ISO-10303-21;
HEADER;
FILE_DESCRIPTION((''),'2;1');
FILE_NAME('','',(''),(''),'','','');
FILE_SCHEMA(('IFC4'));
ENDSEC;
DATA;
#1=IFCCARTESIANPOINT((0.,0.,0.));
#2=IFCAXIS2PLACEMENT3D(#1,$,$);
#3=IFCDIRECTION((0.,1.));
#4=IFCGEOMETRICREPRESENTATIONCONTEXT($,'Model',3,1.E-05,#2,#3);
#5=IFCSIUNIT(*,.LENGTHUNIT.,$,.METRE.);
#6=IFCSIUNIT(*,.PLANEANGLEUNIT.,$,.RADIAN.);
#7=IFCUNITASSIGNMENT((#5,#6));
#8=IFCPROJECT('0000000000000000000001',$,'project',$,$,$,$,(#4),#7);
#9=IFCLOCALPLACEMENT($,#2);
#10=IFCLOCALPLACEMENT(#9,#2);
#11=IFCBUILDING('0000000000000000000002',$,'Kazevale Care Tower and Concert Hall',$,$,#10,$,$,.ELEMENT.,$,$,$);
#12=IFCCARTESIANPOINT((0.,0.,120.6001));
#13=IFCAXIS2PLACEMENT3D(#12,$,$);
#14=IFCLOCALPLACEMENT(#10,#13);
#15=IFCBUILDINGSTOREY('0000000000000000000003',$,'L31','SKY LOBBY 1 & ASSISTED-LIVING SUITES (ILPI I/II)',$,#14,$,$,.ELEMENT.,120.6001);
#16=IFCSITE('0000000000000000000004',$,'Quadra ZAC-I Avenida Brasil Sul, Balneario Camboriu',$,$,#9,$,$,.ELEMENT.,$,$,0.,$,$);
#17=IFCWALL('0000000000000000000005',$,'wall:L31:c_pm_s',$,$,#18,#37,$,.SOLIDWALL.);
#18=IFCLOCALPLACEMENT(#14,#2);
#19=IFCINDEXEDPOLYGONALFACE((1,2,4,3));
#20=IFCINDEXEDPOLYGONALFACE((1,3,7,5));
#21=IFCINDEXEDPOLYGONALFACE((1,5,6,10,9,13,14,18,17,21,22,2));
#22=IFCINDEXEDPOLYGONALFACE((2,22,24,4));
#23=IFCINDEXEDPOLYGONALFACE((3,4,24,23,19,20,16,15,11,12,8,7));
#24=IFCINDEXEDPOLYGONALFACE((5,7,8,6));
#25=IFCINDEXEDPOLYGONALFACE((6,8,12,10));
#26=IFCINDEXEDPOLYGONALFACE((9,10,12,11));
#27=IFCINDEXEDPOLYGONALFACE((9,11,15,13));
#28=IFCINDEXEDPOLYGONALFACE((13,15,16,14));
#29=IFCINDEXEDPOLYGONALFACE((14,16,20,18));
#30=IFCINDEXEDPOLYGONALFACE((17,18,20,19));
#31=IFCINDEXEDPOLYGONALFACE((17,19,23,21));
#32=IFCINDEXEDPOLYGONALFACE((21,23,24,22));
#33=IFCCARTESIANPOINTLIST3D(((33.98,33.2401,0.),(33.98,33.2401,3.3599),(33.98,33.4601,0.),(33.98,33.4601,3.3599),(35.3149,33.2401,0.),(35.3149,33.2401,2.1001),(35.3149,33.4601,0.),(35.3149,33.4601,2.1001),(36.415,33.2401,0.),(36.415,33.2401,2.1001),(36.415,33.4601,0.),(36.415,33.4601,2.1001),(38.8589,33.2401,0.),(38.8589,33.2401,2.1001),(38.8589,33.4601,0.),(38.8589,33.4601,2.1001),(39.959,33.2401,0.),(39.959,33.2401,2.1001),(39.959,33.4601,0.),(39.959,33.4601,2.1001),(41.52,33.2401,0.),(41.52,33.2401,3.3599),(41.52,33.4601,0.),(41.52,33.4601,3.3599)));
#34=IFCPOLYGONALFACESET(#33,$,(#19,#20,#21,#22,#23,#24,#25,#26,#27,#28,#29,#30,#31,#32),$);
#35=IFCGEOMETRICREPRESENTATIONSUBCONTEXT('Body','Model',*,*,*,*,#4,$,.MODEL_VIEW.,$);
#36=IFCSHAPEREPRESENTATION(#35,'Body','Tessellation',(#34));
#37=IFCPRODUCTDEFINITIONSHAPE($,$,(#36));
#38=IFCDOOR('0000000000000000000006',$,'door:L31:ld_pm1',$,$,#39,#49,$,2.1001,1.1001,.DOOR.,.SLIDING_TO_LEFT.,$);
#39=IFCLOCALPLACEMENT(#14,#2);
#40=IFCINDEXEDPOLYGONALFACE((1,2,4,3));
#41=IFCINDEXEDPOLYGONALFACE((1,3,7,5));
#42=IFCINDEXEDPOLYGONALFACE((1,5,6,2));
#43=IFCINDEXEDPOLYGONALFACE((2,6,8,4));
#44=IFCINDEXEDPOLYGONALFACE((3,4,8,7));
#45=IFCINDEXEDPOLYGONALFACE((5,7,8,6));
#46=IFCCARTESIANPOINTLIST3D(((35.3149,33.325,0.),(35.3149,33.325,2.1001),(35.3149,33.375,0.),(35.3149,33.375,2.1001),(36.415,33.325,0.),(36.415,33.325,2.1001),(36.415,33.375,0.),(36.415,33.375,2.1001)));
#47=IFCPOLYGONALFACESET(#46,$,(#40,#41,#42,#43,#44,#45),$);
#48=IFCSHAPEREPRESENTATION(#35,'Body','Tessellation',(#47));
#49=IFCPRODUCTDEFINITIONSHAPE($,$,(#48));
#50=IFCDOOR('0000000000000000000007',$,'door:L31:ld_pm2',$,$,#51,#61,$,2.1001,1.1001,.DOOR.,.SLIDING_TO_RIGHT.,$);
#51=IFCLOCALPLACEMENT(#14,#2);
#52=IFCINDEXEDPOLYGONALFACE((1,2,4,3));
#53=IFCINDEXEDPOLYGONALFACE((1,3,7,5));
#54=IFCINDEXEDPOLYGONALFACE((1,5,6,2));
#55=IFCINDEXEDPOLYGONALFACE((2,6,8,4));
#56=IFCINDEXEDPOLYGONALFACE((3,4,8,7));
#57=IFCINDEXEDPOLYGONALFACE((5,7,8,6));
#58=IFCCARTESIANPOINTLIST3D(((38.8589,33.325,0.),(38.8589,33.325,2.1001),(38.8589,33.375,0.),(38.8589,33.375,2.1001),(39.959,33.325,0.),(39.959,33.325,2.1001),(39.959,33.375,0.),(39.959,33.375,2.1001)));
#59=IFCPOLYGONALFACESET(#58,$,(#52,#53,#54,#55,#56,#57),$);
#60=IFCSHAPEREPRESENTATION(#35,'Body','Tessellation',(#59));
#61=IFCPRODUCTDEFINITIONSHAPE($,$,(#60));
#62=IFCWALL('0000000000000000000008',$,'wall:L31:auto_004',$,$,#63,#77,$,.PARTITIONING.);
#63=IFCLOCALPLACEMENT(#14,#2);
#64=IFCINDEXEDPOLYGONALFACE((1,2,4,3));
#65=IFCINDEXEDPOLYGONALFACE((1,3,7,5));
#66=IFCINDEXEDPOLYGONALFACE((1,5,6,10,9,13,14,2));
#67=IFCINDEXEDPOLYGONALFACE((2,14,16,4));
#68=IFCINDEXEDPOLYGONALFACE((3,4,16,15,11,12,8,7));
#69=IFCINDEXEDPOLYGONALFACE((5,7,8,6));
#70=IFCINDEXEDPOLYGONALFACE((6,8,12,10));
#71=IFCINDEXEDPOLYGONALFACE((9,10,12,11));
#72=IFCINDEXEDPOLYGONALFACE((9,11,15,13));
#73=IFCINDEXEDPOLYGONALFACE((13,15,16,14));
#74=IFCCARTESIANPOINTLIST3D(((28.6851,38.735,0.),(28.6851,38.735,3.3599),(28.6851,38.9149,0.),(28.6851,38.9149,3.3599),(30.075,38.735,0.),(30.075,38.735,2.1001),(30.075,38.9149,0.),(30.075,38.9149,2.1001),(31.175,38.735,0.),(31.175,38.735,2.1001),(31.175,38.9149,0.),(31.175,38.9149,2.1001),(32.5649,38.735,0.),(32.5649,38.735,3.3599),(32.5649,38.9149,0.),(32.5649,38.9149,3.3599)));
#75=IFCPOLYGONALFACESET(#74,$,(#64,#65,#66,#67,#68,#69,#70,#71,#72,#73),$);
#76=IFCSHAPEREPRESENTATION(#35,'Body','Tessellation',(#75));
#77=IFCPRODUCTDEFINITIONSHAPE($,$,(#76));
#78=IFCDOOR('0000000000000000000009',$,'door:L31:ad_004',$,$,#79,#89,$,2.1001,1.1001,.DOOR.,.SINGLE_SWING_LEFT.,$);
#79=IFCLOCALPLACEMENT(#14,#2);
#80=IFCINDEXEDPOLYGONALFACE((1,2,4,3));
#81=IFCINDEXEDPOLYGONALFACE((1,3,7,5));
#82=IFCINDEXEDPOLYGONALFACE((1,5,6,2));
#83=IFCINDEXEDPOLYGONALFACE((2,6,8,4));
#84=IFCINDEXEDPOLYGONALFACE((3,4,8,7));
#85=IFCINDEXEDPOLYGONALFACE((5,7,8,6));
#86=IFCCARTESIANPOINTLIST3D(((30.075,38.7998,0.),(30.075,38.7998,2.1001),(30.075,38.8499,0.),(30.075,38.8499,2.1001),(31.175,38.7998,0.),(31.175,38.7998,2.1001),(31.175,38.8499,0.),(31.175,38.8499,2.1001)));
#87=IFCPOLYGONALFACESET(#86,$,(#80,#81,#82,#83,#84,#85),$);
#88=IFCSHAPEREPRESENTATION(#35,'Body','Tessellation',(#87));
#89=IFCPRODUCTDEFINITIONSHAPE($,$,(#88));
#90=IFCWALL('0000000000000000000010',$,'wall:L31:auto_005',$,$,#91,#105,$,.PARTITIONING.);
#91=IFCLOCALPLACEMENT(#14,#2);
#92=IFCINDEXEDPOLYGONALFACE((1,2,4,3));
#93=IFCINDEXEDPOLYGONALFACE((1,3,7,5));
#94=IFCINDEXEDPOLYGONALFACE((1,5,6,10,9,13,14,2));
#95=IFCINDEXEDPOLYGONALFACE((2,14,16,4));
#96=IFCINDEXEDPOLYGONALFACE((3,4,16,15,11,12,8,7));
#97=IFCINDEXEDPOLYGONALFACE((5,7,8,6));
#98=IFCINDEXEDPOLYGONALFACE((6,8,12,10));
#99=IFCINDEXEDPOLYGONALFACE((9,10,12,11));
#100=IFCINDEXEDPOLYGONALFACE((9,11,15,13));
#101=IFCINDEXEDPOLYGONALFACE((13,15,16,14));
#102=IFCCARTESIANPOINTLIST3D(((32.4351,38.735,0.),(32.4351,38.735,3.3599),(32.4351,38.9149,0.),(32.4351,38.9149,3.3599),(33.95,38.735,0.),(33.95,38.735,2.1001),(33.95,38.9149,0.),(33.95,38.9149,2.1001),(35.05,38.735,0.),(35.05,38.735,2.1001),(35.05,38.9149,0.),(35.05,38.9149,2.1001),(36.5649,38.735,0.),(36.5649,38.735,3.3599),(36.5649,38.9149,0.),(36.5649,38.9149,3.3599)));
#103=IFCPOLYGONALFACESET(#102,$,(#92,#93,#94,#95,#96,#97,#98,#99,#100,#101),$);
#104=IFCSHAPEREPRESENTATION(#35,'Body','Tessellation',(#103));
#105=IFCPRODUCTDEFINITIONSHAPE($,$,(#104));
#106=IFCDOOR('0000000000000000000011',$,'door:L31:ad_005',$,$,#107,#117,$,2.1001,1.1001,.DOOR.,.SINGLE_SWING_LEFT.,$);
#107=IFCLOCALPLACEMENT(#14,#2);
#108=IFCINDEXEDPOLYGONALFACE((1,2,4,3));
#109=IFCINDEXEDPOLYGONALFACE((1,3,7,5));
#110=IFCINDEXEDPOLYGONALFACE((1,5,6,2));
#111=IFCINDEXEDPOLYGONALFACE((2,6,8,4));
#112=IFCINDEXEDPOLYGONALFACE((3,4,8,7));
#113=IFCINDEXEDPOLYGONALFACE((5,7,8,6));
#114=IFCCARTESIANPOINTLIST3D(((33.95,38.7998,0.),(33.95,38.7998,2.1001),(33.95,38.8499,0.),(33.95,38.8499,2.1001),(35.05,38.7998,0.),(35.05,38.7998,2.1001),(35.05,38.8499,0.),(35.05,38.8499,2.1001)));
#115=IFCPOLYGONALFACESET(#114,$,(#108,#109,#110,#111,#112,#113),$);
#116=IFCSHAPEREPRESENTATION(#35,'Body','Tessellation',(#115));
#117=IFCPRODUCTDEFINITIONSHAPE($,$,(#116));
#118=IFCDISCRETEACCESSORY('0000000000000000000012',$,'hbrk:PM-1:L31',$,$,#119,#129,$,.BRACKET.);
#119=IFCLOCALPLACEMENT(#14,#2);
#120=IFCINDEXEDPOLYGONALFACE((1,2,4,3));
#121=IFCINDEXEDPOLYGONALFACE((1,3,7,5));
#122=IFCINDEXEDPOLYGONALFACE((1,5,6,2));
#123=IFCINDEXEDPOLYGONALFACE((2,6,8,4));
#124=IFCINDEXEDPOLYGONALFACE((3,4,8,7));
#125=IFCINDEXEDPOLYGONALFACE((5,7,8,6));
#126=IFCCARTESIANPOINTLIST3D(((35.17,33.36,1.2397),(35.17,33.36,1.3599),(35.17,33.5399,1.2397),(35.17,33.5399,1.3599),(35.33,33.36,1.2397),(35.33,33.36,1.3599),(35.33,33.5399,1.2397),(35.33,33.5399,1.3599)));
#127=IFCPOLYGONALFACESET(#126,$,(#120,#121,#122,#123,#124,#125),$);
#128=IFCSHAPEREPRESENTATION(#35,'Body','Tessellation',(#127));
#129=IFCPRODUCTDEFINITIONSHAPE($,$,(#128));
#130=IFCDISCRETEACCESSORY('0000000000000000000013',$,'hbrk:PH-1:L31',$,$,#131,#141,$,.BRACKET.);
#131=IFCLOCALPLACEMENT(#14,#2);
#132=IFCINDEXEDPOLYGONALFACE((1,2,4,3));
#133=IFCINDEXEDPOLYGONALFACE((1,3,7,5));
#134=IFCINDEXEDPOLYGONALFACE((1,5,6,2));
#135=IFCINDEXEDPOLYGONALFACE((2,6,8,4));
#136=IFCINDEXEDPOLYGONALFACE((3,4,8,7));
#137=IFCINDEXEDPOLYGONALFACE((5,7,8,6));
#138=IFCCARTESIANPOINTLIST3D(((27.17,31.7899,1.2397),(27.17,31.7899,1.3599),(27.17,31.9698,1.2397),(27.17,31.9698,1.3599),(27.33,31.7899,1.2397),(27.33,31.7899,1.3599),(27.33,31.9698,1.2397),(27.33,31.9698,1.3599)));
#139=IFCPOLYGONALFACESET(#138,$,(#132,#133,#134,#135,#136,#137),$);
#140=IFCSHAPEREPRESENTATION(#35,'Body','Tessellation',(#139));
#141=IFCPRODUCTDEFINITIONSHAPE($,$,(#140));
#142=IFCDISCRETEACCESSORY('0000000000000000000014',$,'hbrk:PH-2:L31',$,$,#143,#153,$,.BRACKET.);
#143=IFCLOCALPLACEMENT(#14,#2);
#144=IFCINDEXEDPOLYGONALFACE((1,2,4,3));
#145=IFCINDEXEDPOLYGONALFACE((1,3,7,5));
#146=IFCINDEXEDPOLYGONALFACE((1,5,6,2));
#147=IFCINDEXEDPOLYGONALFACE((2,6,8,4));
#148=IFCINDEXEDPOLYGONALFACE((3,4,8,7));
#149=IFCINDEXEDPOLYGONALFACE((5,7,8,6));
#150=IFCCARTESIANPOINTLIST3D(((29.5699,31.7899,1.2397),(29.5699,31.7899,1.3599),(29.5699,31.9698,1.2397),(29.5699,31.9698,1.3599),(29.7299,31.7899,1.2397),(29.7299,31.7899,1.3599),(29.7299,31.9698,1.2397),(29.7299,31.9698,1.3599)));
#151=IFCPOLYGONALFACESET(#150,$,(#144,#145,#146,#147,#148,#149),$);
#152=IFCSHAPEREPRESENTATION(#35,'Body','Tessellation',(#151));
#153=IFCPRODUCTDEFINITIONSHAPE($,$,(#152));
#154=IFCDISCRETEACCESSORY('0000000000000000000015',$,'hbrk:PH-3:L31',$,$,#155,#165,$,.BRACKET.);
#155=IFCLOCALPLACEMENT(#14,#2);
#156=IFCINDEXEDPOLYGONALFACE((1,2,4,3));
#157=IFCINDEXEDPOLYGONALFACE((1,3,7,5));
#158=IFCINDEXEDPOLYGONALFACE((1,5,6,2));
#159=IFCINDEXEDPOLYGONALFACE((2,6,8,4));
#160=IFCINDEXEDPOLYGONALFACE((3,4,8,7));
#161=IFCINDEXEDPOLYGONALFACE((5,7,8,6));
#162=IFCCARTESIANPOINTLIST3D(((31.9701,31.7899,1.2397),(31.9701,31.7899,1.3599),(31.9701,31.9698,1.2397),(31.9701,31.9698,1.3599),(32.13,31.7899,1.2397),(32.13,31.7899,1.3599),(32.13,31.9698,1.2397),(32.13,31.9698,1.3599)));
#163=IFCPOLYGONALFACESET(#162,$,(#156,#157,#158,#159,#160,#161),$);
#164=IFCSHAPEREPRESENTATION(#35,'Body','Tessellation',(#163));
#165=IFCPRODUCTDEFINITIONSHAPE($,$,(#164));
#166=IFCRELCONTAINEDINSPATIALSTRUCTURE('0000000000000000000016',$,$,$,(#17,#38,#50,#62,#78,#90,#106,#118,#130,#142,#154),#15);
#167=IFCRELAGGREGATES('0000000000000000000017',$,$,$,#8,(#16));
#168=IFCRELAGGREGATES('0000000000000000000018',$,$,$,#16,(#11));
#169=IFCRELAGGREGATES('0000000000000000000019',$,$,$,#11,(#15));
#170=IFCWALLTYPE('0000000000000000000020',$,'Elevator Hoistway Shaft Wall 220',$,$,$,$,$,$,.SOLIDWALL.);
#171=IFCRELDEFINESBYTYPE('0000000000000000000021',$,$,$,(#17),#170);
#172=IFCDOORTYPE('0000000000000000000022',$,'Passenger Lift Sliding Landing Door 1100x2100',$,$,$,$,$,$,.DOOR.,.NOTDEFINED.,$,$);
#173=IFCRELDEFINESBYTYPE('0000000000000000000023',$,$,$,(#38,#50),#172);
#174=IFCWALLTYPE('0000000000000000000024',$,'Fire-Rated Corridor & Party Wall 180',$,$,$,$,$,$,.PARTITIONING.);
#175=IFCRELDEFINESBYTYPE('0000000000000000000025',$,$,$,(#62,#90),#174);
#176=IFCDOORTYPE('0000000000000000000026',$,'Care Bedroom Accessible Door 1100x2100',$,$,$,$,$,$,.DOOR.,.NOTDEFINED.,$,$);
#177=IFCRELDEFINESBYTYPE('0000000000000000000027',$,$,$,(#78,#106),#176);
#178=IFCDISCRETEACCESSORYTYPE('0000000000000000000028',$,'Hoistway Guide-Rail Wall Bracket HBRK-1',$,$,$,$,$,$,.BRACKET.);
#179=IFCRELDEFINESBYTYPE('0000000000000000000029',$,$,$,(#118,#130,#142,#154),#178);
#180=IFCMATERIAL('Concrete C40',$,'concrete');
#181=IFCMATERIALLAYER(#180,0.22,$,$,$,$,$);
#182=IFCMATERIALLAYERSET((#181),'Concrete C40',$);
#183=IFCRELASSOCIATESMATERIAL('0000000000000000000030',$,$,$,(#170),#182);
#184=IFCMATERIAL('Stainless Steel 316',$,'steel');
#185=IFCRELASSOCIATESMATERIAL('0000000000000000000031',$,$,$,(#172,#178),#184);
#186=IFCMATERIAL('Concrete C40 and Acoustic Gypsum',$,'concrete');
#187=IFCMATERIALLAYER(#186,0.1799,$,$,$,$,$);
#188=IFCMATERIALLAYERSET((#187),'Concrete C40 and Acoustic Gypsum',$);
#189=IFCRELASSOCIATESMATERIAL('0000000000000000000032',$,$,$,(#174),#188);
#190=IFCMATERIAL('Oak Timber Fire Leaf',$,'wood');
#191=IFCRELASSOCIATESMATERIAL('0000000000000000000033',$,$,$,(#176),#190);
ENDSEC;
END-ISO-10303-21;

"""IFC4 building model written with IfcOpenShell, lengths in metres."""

from ifc_helpers import new_model, si_unit, direction, frame, frame_2d, origin, origin_2d, place, context, subcontext, project, spatial, rectangle, extrude, material, layer, layer_set, type_object, element, fill, save


model = new_model("IFC4")

# Units and contexts
model_context = context("Model", 3, precision=1e-05, world=origin(), true_north=direction((0.0, 1.0)))
body_context = subcontext(model_context, "Body", "Model", "MODEL_VIEW")
ifc_project = project(units=[si_unit("LENGTHUNIT", "METRE"), si_unit("PLANEANGLEUNIT", "RADIAN")], contexts=[model_context])

# Site, building, storey
site_placement = place(None, origin())
site = spatial("IfcSite", under=ifc_project, at=site_placement, Name="Quadra ZAC-I Avenida Brasil Sul, Balneario Camboriu", CompositionType="ELEMENT", RefElevation=0.0)
building_placement = place(site_placement, origin())
building = spatial("IfcBuilding", under=site, at=building_placement, Name="Kazevale Care Tower and Concert Hall", CompositionType="ELEMENT")
storey_placement = place(building_placement, frame((0.0, 0.0, 120.6001)))
storey = spatial("IfcBuildingStorey", under=building, at=storey_placement, Name="L31", Description="SKY LOBBY 1 & ASSISTED-LIVING SUITES (ILPI I/II)", CompositionType="ELEMENT", Elevation=120.6001)

# Shared definitions
ifc_material_1 = material(Name="Oak Timber Fire Leaf", Category="wood")

# Shared definitions
ifc_material_2 = material(Name="Concrete C40", Category="concrete")
ifc_layer_1 = layer(ifc_material_2, 0.22)
ifc_layer_set_1 = layer_set([ifc_layer_1], Name="Concrete C40")
wall_type_1 = type_object("IfcWallType", Name="Elevator Hoistway Shaft Wall 220", PredefinedType="SOLIDWALL", material=ifc_layer_set_1)

# Wall, openings, doors
wall_1_placement = place(storey_placement, frame((33.98, 33.3501, 0.0), z_axis=(0.0, 0.0, 1.0), x_axis=(1.0, 0.0, 0.0)))
wall_1 = element("IfcWall", 1, at=wall_1_placement, inside=storey, type_object=wall_type_1, Name="wall:L31:c_pm_s", PredefinedType="SOLIDWALL", context=body_context, shape_type="SweptSolid", body=[
    extrude(rectangle(XDim=7.54, YDim=0.22, at=frame_2d((3.77, 0.0))), origin(), (0.0, 0.0, 1.0), 3.3599),
])
opening_1_placement = place(wall_1_placement, frame((1.335, 0.0, 0.0)))
opening_1 = element("IfcOpeningElement", 2, at=opening_1_placement, cuts=wall_1, PredefinedType="OPENING", context=body_context, shape_type="SweptSolid", body=[
    extrude(rectangle(XDim=1.1001, YDim=2.1001, at=frame_2d((0.55, 1.05))), frame((0.0, 0.1199, 0.0), z_axis=(0.0, -1.0, 0.0), x_axis=(1.0, 0.0, 0.0)), (0.0, 0.0, 1.0), 0.24),
])
opening_2_placement = place(wall_1_placement, frame((4.8789, 0.0, 0.0)))
opening_2 = element("IfcOpeningElement", 3, at=opening_2_placement, cuts=wall_1, PredefinedType="OPENING", context=body_context, shape_type="SweptSolid", body=[
    extrude(rectangle(XDim=1.1001, YDim=2.1001, at=frame_2d((0.55, 1.05))), frame((0.0, 0.1199, 0.0), z_axis=(0.0, -1.0, 0.0), x_axis=(1.0, 0.0, 0.0)), (0.0, 0.0, 1.0), 0.24),
])
ifc_material_3 = material(Name="Stainless Steel 316", Category="steel")
door_type_1 = type_object("IfcDoorType", Name="Passenger Lift Sliding Landing Door 1100x2100", OperationType="NOTDEFINED", PredefinedType="DOOR", material=ifc_material_3)
door_1_placement = place(opening_1_placement, origin())
door_1 = element("IfcDoor", 4, at=door_1_placement, inside=storey, type_object=door_type_1, Name="door:L31:ld_pm1", OperationType="SLIDING_TO_LEFT", OverallHeight=2.1001, OverallWidth=1.1001, PredefinedType="DOOR", context=body_context, shape_type="SweptSolid", body=[
    extrude(rectangle(XDim=1.1001, YDim=2.1001, at=frame_2d((0.55, 1.05))), frame((0.0, 0.0249, 0.0), z_axis=(0.0, -1.0, 0.0), x_axis=(1.0, 0.0, 0.0)), (0.0, 0.0, 1.0), 0.05),
])
fill(opening_1, door_1)
door_2_placement = place(opening_2_placement, origin())
door_2 = element("IfcDoor", 5, at=door_2_placement, inside=storey, type_object=door_type_1, Name="door:L31:ld_pm2", OperationType="SLIDING_TO_RIGHT", OverallHeight=2.1001, OverallWidth=1.1001, PredefinedType="DOOR", context=body_context, shape_type="SweptSolid", body=[
    extrude(rectangle(XDim=1.1001, YDim=2.1001, at=frame_2d((0.55, 1.05))), frame((0.0, 0.0249, 0.0), z_axis=(0.0, -1.0, 0.0), x_axis=(1.0, 0.0, 0.0)), (0.0, 0.0, 1.0), 0.05),
])
fill(opening_2, door_2)

# Walls, openings, doors
ifc_material_4 = material(Name="Concrete C40 and Acoustic Gypsum", Category="concrete")
ifc_layer_2 = layer(ifc_material_4, 0.1799)
ifc_layer_set_2 = layer_set([ifc_layer_2], Name="Concrete C40 and Acoustic Gypsum")
wall_type_2 = type_object("IfcWallType", Name="Fire-Rated Corridor & Party Wall 180", PredefinedType="PARTITIONING", material=ifc_layer_set_2)
wall_2_placement = place(storey_placement, frame((28.6851, 38.825, 0.0), z_axis=(0.0, 0.0, 1.0), x_axis=(1.0, 0.0, 0.0)))
wall_2 = element("IfcWall", 6, at=wall_2_placement, inside=storey, type_object=wall_type_2, Name="wall:L31:auto_004", PredefinedType="PARTITIONING", context=body_context, shape_type="SweptSolid", body=[
    extrude(rectangle(XDim=3.8799, YDim=0.1799, at=frame_2d((1.9399, 0.0))), origin(), (0.0, 0.0, 1.0), 3.3599),
])
opening_3_placement = place(wall_2_placement, frame((1.3899, 0.0, 0.0)))
opening_3 = element("IfcOpeningElement", 7, at=opening_3_placement, cuts=wall_2, PredefinedType="OPENING", context=body_context, shape_type="SweptSolid", body=[
    extrude(rectangle(XDim=1.1001, YDim=2.1001, at=frame_2d((0.55, 1.05))), frame((0.0, 0.0999, 0.0), z_axis=(0.0, -1.0, 0.0), x_axis=(1.0, 0.0, 0.0)), (0.0, 0.0, 1.0), 0.2),
])
door_type_2 = type_object("IfcDoorType", Name="Care Bedroom Accessible Door 1100x2100", OperationType="NOTDEFINED", PredefinedType="DOOR", material=ifc_material_1)
door_3_placement = place(opening_3_placement, origin())
door_3 = element("IfcDoor", 8, at=door_3_placement, inside=storey, type_object=door_type_2, Name="door:L31:ad_004", OperationType="SINGLE_SWING_LEFT", OverallHeight=2.1001, OverallWidth=1.1001, PredefinedType="DOOR", context=body_context, shape_type="SweptSolid", body=[
    extrude(rectangle(XDim=1.1001, YDim=2.1001, at=frame_2d((0.55, 1.05))), frame((0.0, 0.0249, 0.0), z_axis=(0.0, -1.0, 0.0), x_axis=(1.0, 0.0, 0.0)), (0.0, 0.0, 1.0), 0.05),
])
fill(opening_3, door_3)
wall_3_placement = place(storey_placement, frame((32.4351, 38.825, 0.0), z_axis=(0.0, 0.0, 1.0), x_axis=(1.0, 0.0, 0.0)))
wall_3 = element("IfcWall", 9, at=wall_3_placement, inside=storey, type_object=wall_type_2, Name="wall:L31:auto_005", PredefinedType="PARTITIONING", context=body_context, shape_type="SweptSolid", body=[
    extrude(rectangle(XDim=4.1299, YDim=0.1799, at=frame_2d((2.0649, 0.0))), origin(), (0.0, 0.0, 1.0), 3.3599),
])
opening_4_placement = place(wall_3_placement, frame((1.5149, 0.0, 0.0)))
opening_4 = element("IfcOpeningElement", 10, at=opening_4_placement, cuts=wall_3, PredefinedType="OPENING", context=body_context, shape_type="SweptSolid", body=[
    extrude(rectangle(XDim=1.1001, YDim=2.1001, at=frame_2d((0.55, 1.05))), frame((0.0, 0.0999, 0.0), z_axis=(0.0, -1.0, 0.0), x_axis=(1.0, 0.0, 0.0)), (0.0, 0.0, 1.0), 0.2),
])
door_4_placement = place(opening_4_placement, origin())
door_4 = element("IfcDoor", 11, at=door_4_placement, inside=storey, type_object=door_type_2, Name="door:L31:ad_005", OperationType="SINGLE_SWING_LEFT", OverallHeight=2.1001, OverallWidth=1.1001, PredefinedType="DOOR", context=body_context, shape_type="SweptSolid", body=[
    extrude(rectangle(XDim=1.1001, YDim=2.1001, at=frame_2d((0.55, 1.05))), frame((0.0, 0.0249, 0.0), z_axis=(0.0, -1.0, 0.0), x_axis=(1.0, 0.0, 0.0)), (0.0, 0.0, 1.0), 0.05),
])
fill(opening_4, door_4)

# Discrete accessories
discrete_accessory_type = type_object("IfcDiscreteAccessoryType", Name="Hoistway Guide-Rail Wall Bracket HBRK-1", PredefinedType="BRACKET", material=ifc_material_3)
for number, where, z_axis, x_axis, name in (
    (12, (35.25, 33.45, 1.2397), (0.0, 0.0, 1.0), (1.0, 0.0, 0.0), "hbrk:PM-1:L31"),
    (13, (27.25, 31.8799, 1.2397), (0.0, 0.0, 1.0), (1.0, 0.0, 0.0), "hbrk:PH-1:L31"),
    (14, (29.6499, 31.8799, 1.2397), (0.0, 0.0, 1.0), (1.0, 0.0, 0.0), "hbrk:PH-2:L31"),
    (15, (32.05, 31.8799, 1.2397), (0.0, 0.0, 1.0), (1.0, 0.0, 0.0), "hbrk:PH-3:L31"),
):
    element("IfcDiscreteAccessory", number, at=place(storey_placement, frame(where, z_axis=z_axis, x_axis=x_axis)), inside=storey, type_object=discrete_accessory_type, Name=name, PredefinedType="BRACKET", context=body_context, shape_type="SweptSolid", body=[
        extrude(rectangle(XDim=0.1599, YDim=0.1799, at=origin_2d()), origin(), (0.0, 0.0, 1.0), 0.1201),
    ])

save(model, "model.ifc")
